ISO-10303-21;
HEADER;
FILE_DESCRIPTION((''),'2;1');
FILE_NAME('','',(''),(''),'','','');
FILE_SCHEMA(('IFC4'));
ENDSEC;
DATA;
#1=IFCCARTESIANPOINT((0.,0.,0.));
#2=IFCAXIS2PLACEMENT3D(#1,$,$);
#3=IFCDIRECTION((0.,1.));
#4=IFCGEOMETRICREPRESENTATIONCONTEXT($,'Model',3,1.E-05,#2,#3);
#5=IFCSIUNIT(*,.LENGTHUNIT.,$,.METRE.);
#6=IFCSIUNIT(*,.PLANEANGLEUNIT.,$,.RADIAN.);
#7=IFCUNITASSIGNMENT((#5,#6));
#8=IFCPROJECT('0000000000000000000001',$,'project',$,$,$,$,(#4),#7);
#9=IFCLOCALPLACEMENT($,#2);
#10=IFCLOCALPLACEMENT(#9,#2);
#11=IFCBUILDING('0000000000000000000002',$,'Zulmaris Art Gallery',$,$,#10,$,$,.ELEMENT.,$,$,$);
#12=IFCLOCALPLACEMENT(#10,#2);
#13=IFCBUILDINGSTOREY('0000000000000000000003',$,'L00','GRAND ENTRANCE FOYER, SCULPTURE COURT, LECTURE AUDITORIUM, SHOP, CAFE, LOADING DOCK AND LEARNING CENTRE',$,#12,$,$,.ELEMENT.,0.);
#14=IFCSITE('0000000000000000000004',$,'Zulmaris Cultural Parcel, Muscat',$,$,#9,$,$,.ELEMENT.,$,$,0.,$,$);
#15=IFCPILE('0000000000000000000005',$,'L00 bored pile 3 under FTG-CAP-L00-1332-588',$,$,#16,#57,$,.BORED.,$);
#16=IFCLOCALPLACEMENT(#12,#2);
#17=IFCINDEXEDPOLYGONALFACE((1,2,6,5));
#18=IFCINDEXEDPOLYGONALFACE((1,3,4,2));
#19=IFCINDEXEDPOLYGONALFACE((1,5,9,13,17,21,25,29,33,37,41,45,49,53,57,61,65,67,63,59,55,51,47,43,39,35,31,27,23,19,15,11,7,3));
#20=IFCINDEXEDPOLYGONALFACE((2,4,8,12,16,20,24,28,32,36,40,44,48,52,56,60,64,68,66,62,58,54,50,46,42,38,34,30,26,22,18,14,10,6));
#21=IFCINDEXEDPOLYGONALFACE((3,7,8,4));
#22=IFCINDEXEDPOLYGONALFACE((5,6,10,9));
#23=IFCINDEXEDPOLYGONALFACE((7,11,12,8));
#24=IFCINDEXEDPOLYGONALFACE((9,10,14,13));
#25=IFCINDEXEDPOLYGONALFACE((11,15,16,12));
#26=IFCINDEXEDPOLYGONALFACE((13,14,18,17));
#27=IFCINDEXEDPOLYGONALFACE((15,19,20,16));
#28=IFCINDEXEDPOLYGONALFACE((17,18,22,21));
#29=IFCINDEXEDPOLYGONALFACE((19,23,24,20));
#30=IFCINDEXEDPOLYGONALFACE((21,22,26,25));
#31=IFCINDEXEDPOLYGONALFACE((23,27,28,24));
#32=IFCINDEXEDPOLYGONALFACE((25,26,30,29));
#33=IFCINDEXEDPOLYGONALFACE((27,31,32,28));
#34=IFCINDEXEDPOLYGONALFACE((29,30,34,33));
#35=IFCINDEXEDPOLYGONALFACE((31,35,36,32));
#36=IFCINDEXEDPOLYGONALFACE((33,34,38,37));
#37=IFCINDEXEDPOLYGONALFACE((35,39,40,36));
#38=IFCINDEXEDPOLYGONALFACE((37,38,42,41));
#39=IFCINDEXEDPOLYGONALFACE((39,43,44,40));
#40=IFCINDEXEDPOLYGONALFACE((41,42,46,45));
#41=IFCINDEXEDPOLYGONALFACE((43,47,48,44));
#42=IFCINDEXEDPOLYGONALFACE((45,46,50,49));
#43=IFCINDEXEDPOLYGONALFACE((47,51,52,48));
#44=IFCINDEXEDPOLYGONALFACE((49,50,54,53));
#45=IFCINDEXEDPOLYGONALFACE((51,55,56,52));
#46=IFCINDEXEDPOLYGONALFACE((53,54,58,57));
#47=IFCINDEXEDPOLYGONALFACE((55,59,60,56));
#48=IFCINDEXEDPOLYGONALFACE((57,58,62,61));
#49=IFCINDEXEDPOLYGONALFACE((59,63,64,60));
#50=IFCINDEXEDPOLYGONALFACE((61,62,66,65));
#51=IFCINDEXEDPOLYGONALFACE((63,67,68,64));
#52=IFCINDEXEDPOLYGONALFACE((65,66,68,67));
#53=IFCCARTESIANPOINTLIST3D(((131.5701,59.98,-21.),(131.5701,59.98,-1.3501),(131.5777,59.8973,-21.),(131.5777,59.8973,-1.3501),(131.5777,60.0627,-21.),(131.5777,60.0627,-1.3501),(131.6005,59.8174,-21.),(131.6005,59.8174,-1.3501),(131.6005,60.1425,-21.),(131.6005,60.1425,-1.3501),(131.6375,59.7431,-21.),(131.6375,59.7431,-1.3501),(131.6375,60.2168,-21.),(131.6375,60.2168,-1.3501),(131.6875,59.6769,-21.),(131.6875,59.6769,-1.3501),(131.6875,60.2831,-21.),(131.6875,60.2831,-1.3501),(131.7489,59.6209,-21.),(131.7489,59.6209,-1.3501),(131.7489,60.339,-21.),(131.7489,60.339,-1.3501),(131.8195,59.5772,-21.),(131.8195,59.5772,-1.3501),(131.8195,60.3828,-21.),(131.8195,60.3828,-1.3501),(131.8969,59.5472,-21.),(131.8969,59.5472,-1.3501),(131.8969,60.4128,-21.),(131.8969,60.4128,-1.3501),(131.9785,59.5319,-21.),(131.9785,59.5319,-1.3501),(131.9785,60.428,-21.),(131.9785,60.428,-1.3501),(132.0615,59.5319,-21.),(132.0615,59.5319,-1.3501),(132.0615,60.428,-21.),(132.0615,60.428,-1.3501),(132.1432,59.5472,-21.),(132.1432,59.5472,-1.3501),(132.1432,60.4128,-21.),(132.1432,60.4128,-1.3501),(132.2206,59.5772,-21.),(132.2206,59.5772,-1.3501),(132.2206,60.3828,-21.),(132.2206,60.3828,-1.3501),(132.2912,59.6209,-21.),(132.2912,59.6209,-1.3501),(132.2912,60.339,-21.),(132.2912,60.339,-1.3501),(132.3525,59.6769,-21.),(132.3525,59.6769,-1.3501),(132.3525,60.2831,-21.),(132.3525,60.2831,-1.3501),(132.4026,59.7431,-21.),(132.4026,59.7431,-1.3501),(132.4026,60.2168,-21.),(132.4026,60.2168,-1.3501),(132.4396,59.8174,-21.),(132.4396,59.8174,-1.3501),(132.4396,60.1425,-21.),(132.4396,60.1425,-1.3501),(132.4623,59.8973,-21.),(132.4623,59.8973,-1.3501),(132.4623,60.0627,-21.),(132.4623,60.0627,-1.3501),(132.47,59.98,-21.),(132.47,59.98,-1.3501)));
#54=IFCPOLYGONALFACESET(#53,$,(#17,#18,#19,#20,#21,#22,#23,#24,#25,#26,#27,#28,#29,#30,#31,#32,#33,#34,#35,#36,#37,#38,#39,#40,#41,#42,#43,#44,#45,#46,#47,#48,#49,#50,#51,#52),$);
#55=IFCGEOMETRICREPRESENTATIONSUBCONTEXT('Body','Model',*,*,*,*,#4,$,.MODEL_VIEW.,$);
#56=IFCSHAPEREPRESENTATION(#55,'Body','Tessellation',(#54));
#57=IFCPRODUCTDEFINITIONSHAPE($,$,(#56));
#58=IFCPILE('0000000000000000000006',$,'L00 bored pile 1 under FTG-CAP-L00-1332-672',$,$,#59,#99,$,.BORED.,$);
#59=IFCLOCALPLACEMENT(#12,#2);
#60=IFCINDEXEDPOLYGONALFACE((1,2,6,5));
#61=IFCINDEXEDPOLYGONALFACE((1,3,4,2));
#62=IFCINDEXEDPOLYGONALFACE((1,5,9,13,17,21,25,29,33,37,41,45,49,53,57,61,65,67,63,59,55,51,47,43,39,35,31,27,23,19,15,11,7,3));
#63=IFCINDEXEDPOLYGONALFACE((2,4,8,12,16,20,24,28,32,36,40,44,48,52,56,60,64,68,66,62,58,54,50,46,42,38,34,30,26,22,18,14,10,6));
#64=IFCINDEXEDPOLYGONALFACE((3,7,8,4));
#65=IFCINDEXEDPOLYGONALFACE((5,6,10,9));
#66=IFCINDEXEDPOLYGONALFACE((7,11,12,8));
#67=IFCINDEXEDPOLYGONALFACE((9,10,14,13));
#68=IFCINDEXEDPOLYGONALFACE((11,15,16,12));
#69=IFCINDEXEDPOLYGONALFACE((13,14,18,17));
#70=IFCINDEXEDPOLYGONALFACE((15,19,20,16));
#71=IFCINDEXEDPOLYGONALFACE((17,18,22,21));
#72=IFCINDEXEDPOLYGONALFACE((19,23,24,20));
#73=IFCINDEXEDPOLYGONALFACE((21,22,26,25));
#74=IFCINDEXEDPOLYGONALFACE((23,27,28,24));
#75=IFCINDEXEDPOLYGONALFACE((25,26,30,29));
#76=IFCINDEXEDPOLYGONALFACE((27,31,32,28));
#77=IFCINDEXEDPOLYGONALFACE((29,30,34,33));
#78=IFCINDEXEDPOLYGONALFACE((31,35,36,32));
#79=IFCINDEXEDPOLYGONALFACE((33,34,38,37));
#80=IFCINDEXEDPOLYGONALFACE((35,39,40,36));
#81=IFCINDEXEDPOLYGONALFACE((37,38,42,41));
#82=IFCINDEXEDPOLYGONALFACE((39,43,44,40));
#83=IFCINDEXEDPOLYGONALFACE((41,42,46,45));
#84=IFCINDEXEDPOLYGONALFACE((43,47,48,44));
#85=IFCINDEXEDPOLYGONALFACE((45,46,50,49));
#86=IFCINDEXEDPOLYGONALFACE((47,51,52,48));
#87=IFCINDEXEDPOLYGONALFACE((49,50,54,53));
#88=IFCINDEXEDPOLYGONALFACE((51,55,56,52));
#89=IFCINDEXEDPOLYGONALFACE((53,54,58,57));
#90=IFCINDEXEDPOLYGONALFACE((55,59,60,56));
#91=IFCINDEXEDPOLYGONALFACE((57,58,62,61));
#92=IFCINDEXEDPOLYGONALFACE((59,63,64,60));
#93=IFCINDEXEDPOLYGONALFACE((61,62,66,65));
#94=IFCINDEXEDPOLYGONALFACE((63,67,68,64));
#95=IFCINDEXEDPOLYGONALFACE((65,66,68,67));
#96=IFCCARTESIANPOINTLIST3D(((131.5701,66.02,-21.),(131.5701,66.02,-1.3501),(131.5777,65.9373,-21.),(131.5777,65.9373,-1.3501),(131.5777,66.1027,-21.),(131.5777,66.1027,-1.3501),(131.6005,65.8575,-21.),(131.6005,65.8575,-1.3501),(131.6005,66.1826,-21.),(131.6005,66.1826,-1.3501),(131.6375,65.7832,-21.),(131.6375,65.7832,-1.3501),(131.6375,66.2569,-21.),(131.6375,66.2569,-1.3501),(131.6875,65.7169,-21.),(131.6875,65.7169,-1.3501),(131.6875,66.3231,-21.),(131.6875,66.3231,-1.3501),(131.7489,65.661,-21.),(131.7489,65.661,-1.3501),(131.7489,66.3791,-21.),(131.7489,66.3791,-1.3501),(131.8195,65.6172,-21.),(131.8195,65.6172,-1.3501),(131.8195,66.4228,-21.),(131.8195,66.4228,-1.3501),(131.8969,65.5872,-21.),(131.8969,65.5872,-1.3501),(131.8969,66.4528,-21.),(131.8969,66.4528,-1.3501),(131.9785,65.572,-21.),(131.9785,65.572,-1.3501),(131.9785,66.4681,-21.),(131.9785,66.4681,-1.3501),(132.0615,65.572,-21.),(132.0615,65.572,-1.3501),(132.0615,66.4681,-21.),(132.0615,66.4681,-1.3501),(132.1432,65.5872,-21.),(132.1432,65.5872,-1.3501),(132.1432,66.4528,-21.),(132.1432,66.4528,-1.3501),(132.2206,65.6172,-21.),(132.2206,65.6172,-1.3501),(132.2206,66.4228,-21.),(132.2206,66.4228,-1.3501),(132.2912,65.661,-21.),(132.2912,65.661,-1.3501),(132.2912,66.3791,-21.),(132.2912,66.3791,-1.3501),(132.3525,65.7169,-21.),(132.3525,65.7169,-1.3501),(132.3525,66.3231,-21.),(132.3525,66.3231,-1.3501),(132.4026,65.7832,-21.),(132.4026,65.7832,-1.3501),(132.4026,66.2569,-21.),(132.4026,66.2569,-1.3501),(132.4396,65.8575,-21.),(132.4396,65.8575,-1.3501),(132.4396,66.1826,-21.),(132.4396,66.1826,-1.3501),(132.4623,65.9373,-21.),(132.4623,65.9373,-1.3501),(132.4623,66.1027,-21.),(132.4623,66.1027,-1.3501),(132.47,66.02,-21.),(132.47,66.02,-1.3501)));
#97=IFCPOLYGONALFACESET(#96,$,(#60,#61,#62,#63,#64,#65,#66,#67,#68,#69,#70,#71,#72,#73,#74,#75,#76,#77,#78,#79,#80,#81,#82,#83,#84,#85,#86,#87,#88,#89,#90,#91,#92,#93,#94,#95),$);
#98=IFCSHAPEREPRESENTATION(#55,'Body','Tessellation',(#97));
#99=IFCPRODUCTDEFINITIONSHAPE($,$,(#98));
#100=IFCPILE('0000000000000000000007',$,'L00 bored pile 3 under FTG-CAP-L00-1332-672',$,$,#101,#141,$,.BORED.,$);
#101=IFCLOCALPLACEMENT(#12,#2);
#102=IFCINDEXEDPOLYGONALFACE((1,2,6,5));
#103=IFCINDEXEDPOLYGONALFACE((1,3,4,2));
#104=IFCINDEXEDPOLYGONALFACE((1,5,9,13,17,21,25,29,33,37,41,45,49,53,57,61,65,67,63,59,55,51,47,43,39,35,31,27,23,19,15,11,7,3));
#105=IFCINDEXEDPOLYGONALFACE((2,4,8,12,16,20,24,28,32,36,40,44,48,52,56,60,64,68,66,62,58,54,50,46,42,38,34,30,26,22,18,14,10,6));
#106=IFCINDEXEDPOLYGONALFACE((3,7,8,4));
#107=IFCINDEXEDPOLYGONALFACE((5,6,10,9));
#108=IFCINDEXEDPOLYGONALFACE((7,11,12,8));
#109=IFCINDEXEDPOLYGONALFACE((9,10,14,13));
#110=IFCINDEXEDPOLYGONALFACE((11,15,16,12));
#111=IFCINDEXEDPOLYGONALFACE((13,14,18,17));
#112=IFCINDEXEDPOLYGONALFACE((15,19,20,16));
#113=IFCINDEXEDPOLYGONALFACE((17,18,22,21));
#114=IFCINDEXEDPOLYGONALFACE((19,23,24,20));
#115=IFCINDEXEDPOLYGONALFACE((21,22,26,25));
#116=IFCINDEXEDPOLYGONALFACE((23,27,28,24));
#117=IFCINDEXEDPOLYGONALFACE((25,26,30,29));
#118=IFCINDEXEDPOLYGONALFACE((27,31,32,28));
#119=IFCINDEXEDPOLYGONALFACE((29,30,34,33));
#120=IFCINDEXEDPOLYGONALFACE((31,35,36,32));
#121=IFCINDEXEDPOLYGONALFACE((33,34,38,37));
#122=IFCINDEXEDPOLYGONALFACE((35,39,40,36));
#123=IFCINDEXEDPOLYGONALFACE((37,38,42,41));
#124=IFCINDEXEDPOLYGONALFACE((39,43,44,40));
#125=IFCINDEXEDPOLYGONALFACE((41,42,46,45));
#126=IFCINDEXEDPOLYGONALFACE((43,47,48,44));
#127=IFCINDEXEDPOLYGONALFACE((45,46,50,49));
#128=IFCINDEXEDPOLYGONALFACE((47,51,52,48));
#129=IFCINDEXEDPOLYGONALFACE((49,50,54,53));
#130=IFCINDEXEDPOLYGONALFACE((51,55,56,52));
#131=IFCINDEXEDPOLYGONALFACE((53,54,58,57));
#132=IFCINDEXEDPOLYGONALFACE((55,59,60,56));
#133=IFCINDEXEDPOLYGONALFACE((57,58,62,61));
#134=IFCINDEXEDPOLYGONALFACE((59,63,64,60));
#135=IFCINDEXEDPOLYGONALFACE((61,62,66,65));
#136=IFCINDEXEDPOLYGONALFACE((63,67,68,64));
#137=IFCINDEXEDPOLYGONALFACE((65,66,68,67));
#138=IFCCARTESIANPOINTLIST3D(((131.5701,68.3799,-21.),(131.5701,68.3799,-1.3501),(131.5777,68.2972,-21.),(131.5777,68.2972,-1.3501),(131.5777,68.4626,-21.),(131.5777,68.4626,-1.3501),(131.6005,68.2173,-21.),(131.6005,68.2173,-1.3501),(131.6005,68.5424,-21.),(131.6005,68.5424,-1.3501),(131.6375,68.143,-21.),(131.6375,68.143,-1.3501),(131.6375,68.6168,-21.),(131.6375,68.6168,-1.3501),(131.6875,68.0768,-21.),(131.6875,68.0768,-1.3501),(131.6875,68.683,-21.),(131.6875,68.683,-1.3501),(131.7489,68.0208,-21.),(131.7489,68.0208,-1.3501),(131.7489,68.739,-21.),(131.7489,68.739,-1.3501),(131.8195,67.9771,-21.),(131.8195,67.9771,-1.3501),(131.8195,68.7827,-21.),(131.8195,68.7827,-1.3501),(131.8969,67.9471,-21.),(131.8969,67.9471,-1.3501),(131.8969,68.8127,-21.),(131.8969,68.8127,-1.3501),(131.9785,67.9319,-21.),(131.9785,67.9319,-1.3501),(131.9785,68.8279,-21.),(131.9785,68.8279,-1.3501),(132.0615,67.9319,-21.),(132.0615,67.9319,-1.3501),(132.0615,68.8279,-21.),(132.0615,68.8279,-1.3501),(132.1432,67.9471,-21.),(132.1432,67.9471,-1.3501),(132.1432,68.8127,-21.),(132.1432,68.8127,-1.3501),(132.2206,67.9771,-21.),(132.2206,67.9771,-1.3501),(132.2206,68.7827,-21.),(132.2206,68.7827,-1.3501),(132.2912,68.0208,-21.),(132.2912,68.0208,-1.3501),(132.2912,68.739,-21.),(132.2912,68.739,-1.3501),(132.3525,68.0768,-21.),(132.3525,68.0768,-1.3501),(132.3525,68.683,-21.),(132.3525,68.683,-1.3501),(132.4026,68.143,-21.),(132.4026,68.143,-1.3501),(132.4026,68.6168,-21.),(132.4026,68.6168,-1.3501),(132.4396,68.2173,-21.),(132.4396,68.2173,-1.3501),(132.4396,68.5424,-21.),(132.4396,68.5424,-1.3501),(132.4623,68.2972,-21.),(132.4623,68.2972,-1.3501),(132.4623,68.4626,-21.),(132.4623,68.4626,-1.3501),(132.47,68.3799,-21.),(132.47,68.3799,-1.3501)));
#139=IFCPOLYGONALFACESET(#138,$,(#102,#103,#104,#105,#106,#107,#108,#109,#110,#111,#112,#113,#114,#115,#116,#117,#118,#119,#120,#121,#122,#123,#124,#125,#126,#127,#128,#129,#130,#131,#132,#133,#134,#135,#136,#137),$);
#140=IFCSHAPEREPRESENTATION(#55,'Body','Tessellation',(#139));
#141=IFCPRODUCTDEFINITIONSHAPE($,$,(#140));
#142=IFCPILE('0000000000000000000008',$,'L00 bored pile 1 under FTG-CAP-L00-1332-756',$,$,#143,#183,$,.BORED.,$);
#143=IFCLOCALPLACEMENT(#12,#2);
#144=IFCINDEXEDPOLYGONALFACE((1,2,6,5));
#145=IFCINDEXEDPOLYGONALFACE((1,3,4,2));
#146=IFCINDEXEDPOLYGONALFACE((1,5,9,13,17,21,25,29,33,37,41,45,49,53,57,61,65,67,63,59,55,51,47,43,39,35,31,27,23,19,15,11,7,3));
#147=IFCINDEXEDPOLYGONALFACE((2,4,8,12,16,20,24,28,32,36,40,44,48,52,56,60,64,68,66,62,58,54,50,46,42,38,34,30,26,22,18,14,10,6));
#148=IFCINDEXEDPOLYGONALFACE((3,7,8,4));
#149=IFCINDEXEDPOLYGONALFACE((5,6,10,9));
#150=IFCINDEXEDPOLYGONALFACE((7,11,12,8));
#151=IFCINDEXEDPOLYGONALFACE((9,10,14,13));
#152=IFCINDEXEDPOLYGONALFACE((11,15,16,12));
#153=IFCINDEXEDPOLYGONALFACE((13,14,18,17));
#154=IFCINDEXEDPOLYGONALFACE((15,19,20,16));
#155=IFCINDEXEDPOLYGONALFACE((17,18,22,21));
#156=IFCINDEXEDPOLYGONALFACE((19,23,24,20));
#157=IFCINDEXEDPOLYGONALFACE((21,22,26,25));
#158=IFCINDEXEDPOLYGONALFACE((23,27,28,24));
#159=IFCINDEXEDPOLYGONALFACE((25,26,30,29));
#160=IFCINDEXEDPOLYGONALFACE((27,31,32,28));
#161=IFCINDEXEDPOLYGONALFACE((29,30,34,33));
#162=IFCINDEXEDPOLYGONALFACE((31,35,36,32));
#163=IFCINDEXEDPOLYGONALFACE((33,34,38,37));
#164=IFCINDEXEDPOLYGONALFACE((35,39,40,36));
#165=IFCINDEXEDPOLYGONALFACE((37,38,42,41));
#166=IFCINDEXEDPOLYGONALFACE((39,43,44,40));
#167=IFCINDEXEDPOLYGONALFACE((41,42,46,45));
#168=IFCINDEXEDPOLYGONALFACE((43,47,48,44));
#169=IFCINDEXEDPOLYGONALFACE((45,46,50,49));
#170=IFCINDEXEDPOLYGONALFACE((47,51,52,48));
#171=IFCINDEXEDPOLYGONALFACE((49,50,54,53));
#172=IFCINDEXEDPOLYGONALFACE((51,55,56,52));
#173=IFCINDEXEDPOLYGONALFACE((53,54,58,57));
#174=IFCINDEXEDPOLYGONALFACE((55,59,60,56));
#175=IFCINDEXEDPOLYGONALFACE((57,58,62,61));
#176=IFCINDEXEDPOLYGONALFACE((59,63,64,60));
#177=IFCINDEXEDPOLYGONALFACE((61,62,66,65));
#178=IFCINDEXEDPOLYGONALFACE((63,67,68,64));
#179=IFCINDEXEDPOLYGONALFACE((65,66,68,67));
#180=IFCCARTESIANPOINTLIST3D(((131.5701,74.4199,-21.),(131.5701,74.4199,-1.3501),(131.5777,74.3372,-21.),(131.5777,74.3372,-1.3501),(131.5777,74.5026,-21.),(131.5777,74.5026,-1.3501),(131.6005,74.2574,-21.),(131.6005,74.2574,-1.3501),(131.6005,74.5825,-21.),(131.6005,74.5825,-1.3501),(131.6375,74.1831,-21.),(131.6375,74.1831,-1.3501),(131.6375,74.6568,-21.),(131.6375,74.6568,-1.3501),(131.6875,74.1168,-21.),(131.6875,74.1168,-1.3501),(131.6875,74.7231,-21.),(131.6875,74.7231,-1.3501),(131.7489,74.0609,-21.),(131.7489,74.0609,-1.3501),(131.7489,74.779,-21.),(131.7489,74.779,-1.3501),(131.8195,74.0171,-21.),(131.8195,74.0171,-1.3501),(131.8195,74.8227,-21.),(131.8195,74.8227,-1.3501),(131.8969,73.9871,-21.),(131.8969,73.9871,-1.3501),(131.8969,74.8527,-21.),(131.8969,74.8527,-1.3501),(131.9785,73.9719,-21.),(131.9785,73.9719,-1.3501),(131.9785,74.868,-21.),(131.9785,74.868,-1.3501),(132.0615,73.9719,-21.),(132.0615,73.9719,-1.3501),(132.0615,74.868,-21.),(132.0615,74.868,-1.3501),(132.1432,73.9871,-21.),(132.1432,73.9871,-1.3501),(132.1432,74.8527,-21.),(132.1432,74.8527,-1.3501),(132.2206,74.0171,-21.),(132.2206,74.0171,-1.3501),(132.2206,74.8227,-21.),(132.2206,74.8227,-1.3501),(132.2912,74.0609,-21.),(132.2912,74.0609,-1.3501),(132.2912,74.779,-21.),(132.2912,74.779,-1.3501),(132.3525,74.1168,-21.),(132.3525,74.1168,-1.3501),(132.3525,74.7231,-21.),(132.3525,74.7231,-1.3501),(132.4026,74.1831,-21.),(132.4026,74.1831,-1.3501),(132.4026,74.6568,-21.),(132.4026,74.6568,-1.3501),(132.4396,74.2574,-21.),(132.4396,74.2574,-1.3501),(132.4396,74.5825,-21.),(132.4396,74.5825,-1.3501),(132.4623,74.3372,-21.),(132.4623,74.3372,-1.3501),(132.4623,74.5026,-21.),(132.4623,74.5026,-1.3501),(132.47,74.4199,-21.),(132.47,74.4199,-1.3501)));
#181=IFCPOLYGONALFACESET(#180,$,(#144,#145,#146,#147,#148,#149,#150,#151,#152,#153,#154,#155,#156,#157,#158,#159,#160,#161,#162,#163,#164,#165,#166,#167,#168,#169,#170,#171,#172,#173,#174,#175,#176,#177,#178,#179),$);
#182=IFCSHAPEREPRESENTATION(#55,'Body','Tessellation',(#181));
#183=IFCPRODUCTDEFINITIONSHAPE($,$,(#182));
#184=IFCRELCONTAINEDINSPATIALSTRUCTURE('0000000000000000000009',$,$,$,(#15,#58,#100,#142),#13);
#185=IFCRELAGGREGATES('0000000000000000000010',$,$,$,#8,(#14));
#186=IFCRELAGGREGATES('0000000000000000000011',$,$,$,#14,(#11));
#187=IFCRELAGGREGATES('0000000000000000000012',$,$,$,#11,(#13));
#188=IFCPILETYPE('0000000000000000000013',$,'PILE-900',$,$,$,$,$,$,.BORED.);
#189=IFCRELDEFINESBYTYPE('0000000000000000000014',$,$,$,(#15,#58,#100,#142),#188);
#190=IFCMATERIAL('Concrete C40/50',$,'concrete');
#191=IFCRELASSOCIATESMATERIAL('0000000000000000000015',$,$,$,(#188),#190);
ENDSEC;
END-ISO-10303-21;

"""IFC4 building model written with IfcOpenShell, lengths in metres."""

from ifc_helpers import new_model, si_unit, direction, frame, origin, origin_2d, place, context, subcontext, project, spatial, circle, extrude, material, material_profile, profile_set, type_object, element, save


model = new_model("IFC4")

# Units and contexts
model_context = context("Model", 3, precision=1e-05, world=origin(), true_north=direction((0.0, 1.0)))
body_context = subcontext(model_context, "Body", "Model", "MODEL_VIEW")
ifc_project = project(units=[si_unit("LENGTHUNIT", "METRE"), si_unit("PLANEANGLEUNIT", "RADIAN")], contexts=[model_context])

# Site, building, storey
site_placement = place(None, origin())
site = spatial("IfcSite", under=ifc_project, at=site_placement, Name="Zulmaris Cultural Parcel, Muscat", CompositionType="ELEMENT", RefElevation=0.0)
building_placement = place(site_placement, origin())
building = spatial("IfcBuilding", under=site, at=building_placement, Name="Zulmaris Art Gallery", CompositionType="ELEMENT")
storey_placement = place(building_placement, origin())
storey = spatial("IfcBuildingStorey", under=building, at=storey_placement, Name="L00", Description="GRAND ENTRANCE FOYER, SCULPTURE COURT, LECTURE AUDITORIUM, SHOP, CAFE, LOADING DOCK AND LEARNING CENTRE", CompositionType="ELEMENT", Elevation=0.0)

# Piles
ifc_material_1 = material(Name="Concrete C40/50", Category="concrete")
ifc_material_profile_1 = material_profile(ifc_material_1, circle(Radius=0.45, at=origin_2d()), Name="PILE DIA 900")
ifc_profile_set_1 = profile_set([ifc_material_profile_1], Name="Concrete C40/50")
pile_type_1 = type_object("IfcPileType", Name="PILE-900", PredefinedType="BORED", material=ifc_profile_set_1)
for number, where, z_axis, x_axis, name in (
    (1, (132.02, 59.98, -1.3501), (0.0, 0.0, -1.0), (1.0, 0.0, 0.0), "L00 bored pile 3 under FTG-CAP-L00-1332-588"),
    (2, (132.02, 66.02, -1.3501), (0.0, 0.0, -1.0), (1.0, 0.0, 0.0), "L00 bored pile 1 under FTG-CAP-L00-1332-672"),
    (3, (132.02, 68.3799, -1.3501), (0.0, 0.0, -1.0), (1.0, 0.0, 0.0), "L00 bored pile 3 under FTG-CAP-L00-1332-672"),
    (4, (132.02, 74.4199, -1.3501), (0.0, 0.0, -1.0), (1.0, 0.0, 0.0), "L00 bored pile 1 under FTG-CAP-L00-1332-756"),
):
    element("IfcPile", number, at=place(storey_placement, frame(where, z_axis=z_axis, x_axis=x_axis)), inside=storey, type_object=pile_type_1, Name=name, PredefinedType="BORED", context=body_context, shape_type="SweptSolid", body=[
        extrude(circle(Radius=0.45, at=origin_2d()), origin(), (0.0, 0.0, 1.0), 19.6499),
    ])

save(model, "model.ifc")
